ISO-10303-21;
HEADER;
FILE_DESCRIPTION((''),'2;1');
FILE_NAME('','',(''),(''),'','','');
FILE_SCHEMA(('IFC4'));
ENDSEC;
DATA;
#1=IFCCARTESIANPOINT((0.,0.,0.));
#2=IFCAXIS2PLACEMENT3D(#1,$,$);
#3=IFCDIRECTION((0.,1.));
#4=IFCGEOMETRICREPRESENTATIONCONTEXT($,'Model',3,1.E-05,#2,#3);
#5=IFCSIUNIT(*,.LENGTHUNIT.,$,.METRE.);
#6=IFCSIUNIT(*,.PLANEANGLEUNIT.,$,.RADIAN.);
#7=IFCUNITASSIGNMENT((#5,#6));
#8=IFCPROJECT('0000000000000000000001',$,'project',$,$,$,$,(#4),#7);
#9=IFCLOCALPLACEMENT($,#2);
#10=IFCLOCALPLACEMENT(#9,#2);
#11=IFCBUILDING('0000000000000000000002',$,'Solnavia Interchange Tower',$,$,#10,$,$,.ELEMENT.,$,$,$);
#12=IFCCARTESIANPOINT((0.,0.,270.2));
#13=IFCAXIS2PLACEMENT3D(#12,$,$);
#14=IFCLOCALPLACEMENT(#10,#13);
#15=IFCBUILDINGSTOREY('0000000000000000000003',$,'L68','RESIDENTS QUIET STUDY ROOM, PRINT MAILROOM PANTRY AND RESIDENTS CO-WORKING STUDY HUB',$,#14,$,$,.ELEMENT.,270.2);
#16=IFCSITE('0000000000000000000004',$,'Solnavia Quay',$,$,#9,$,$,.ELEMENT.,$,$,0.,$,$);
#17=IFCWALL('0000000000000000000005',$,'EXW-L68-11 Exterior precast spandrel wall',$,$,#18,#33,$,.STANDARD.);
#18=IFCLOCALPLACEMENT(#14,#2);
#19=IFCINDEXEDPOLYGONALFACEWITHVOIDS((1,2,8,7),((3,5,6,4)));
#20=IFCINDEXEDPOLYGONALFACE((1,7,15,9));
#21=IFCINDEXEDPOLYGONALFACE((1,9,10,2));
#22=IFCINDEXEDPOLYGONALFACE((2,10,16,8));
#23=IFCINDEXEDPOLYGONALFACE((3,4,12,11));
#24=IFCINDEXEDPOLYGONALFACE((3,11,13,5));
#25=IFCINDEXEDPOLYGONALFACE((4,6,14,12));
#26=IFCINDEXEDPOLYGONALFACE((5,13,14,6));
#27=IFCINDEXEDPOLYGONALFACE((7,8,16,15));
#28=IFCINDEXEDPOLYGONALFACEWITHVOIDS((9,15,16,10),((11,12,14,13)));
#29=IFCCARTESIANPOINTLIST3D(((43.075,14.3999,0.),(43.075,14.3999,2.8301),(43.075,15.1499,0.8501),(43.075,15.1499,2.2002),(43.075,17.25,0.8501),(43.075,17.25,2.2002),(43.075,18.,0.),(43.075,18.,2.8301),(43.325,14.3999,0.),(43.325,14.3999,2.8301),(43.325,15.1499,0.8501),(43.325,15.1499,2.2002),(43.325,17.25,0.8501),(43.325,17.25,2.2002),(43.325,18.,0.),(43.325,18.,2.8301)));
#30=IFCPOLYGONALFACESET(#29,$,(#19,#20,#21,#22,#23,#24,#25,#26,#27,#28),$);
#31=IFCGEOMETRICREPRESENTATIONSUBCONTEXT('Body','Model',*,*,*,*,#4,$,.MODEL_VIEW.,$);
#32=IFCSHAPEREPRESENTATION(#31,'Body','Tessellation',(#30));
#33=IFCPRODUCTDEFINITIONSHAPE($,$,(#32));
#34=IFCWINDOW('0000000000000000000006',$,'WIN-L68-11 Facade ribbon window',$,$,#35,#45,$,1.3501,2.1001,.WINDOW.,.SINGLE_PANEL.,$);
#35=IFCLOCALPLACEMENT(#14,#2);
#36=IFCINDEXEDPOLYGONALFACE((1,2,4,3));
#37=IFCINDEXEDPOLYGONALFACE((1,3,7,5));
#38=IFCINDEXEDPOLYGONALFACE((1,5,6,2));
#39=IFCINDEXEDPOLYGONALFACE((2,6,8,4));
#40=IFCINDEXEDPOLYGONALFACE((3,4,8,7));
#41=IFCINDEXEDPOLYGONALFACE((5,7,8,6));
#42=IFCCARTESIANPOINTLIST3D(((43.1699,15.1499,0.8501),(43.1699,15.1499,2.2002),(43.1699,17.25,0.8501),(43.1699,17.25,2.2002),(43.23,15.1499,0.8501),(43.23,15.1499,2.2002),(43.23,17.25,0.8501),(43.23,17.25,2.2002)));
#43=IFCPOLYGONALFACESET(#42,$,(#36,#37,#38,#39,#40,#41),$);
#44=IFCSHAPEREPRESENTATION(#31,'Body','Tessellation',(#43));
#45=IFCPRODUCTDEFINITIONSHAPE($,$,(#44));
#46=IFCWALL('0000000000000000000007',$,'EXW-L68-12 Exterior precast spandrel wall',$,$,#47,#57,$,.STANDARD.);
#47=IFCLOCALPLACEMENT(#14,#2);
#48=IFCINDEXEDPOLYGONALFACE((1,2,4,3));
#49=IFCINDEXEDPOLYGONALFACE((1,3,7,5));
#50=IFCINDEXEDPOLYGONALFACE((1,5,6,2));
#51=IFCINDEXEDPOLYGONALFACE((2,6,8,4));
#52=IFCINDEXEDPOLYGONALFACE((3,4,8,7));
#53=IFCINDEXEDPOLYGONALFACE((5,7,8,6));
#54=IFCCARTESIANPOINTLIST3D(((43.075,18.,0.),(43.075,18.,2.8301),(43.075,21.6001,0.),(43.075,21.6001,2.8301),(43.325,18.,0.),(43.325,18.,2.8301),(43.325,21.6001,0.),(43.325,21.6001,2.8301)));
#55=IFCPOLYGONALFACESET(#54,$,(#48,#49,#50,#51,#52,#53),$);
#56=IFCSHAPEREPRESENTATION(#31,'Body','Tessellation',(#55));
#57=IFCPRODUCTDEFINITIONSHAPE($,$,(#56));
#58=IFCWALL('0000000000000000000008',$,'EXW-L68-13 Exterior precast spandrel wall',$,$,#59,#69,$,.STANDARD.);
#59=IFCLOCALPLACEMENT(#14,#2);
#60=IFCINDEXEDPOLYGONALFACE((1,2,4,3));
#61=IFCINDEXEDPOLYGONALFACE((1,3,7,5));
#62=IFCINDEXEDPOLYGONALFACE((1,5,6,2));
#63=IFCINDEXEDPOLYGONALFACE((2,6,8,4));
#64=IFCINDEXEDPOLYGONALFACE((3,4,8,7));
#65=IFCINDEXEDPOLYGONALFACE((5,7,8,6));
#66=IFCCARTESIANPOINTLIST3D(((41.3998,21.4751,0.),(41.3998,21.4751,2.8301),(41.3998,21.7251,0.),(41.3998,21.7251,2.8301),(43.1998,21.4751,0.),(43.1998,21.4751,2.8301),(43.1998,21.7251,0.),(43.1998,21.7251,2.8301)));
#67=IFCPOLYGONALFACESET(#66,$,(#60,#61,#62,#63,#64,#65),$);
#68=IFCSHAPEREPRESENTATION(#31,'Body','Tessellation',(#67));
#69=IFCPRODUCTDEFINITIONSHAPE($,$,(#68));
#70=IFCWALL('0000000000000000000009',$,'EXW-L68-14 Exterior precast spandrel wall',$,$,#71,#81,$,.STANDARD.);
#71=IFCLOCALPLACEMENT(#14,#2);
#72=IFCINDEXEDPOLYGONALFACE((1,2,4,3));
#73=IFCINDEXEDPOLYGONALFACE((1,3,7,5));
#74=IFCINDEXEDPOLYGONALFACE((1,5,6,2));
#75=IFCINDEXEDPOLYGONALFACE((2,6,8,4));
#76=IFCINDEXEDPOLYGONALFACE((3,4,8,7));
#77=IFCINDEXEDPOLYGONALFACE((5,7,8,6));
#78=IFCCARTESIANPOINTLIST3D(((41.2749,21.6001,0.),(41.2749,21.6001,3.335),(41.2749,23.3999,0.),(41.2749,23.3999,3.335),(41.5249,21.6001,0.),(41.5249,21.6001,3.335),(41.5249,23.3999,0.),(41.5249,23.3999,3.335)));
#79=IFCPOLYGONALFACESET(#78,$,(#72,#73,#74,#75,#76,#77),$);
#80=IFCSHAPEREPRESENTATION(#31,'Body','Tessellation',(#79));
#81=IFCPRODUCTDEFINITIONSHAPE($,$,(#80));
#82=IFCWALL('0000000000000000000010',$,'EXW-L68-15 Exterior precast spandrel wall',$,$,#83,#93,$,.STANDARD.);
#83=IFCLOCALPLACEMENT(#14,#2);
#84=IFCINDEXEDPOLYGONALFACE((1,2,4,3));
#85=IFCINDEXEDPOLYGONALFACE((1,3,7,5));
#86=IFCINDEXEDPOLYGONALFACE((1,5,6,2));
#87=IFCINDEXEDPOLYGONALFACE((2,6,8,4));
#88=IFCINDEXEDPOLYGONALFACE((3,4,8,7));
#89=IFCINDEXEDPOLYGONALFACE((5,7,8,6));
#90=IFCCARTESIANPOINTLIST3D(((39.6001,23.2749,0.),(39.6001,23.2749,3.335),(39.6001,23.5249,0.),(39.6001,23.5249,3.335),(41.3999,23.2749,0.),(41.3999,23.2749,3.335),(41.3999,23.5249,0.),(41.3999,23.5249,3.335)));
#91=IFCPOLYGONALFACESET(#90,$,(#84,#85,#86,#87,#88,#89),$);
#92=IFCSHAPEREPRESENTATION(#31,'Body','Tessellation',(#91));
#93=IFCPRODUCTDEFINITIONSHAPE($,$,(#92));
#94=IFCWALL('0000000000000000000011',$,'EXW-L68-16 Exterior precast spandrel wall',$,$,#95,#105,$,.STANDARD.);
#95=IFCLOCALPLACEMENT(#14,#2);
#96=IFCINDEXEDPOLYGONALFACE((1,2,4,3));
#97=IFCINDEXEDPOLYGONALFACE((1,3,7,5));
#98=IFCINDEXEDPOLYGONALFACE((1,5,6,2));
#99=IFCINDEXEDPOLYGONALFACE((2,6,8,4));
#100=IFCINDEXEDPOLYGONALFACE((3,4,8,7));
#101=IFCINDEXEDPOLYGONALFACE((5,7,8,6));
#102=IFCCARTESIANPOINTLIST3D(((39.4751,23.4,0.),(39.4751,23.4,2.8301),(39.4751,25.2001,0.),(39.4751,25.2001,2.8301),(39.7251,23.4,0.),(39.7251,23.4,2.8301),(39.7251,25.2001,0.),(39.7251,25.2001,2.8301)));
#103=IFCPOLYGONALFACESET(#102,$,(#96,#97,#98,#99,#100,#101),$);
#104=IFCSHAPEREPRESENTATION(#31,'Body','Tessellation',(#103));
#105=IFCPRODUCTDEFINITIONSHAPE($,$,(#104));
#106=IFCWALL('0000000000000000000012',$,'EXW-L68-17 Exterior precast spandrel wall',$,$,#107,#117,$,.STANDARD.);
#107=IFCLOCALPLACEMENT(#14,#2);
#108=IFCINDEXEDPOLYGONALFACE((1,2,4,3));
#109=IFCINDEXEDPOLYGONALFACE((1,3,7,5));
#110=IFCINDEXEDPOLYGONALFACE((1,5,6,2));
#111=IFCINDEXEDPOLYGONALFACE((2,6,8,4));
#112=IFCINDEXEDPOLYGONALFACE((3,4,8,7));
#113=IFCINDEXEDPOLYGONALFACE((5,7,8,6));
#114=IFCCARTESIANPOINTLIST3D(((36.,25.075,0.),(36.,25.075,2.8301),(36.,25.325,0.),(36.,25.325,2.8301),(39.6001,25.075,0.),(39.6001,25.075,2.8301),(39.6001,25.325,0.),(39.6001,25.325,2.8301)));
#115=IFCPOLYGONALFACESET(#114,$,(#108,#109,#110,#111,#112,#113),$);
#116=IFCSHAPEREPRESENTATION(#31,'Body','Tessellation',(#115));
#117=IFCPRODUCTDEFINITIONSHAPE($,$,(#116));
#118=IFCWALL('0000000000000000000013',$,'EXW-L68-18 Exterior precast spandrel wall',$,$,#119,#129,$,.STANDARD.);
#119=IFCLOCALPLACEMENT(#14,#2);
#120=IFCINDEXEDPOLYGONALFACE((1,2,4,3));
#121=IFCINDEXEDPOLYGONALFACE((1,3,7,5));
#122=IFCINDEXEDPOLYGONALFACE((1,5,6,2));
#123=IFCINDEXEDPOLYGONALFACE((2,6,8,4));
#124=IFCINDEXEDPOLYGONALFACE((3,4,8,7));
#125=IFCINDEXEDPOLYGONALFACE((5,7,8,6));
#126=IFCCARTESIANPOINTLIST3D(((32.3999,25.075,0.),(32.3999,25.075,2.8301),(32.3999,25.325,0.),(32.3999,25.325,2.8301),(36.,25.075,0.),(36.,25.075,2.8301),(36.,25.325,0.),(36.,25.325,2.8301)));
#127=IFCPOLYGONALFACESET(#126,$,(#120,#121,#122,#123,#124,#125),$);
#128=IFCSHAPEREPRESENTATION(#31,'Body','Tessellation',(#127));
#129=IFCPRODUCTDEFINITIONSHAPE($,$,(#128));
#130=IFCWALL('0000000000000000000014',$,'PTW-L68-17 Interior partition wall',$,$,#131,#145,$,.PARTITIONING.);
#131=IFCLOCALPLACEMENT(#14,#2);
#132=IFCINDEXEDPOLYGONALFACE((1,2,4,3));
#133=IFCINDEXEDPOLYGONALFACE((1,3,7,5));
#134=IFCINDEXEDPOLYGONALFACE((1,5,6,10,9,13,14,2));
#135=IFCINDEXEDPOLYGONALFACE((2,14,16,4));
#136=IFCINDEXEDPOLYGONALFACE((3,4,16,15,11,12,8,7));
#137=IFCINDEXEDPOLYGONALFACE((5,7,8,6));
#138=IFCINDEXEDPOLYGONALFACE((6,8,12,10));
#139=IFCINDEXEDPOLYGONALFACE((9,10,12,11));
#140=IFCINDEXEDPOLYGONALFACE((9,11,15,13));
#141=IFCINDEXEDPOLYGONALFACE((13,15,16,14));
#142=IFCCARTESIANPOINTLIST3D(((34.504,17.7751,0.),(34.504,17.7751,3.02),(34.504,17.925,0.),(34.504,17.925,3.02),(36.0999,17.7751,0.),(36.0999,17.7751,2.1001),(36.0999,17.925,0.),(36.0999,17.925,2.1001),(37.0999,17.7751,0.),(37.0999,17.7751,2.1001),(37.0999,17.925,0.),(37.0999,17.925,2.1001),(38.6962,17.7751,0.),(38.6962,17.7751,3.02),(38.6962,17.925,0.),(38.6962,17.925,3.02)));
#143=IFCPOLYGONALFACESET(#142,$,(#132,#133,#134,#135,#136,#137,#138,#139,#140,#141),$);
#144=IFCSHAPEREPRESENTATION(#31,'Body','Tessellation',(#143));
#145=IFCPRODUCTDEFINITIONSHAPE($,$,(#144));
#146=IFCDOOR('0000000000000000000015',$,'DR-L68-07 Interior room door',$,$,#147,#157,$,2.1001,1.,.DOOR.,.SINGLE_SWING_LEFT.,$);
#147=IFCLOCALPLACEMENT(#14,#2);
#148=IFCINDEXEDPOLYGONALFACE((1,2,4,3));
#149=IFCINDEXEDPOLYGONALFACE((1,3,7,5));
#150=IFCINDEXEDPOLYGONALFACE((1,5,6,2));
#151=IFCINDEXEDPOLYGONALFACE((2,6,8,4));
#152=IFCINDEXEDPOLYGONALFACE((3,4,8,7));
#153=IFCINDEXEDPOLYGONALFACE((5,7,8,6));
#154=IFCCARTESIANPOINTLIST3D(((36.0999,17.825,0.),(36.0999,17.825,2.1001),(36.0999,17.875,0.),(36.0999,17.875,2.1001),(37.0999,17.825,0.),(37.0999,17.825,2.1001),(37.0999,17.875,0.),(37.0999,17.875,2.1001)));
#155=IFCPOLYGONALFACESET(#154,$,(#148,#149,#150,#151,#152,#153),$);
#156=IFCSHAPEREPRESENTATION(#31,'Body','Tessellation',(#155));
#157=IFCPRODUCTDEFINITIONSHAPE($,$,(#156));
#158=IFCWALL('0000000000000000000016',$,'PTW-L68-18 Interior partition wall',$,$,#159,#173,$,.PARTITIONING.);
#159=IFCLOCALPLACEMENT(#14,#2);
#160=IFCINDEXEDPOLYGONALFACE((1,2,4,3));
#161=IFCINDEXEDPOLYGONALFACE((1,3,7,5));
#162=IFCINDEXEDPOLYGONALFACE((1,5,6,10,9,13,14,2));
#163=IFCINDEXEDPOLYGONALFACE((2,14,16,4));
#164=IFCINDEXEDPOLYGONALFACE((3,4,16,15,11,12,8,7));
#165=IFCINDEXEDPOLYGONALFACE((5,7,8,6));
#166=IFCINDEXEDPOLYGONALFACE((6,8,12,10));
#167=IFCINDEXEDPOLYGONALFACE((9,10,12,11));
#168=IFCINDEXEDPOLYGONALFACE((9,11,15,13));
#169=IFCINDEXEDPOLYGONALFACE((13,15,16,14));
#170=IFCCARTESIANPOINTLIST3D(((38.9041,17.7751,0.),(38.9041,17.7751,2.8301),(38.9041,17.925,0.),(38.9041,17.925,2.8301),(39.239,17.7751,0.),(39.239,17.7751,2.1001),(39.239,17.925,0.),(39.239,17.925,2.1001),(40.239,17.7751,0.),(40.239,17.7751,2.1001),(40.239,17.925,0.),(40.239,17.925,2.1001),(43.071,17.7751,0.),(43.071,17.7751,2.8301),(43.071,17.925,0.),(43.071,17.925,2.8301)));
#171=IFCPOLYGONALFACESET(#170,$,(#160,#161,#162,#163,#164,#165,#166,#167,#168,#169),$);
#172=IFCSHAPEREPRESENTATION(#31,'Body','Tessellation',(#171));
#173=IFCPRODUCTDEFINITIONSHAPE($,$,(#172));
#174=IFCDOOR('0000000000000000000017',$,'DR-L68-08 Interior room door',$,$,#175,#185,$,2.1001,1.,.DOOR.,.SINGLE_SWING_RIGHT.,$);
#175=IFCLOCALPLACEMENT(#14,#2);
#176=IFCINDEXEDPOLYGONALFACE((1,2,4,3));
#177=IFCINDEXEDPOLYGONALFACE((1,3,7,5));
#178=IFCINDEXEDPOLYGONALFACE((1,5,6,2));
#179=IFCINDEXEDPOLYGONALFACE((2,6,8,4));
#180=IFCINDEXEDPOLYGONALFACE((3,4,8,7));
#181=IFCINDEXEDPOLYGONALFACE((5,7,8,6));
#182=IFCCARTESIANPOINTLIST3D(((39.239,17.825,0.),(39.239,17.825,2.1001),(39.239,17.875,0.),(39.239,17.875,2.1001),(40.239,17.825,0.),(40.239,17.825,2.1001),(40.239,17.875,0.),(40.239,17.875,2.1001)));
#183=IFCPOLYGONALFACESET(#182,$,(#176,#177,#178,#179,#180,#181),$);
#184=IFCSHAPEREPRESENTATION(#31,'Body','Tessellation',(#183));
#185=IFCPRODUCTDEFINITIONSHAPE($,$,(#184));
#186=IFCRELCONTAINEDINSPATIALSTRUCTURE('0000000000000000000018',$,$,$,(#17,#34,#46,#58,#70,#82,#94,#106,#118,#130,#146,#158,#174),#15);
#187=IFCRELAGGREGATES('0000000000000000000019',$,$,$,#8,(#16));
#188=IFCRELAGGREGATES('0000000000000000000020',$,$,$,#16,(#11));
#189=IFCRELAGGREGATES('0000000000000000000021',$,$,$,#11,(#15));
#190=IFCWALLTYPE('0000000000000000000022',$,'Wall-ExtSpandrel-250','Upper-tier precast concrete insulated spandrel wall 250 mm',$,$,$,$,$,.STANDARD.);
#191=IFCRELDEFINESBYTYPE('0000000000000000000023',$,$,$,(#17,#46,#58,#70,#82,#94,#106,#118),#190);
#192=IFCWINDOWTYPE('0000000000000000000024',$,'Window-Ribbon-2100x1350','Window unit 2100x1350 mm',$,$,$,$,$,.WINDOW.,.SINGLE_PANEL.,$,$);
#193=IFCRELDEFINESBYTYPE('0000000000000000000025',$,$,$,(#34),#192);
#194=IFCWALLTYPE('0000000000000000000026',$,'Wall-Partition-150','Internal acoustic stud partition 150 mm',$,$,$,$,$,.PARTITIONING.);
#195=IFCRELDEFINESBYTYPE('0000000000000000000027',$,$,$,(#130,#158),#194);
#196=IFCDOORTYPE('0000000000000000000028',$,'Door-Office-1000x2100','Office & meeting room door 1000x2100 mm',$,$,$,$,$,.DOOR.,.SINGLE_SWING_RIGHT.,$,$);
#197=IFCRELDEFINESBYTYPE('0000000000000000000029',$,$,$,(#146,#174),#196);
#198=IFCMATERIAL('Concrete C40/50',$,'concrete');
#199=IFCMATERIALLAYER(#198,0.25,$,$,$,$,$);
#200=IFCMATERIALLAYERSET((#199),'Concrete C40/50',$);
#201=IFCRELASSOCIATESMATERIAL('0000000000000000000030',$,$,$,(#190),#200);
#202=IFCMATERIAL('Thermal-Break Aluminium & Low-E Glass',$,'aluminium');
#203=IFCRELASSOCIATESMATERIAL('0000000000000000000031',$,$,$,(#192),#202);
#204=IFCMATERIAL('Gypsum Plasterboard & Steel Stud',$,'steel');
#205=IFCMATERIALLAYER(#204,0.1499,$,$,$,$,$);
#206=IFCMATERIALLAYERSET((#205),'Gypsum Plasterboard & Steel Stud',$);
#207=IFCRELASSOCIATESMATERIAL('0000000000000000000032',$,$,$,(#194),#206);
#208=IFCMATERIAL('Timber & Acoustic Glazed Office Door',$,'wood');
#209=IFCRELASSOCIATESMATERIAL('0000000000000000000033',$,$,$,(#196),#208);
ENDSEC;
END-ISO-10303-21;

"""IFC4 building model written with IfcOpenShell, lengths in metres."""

from ifc_helpers import new_model, si_unit, direction, frame, frame_2d, origin, place, context, subcontext, project, spatial, rectangle, extrude, material, layer, layer_set, type_object, element, fill, save


model = new_model("IFC4")

# Units and contexts
model_context = context("Model", 3, precision=1e-05, world=origin(), true_north=direction((0.0, 1.0)))
body_context = subcontext(model_context, "Body", "Model", "MODEL_VIEW")
ifc_project = project(units=[si_unit("LENGTHUNIT", "METRE"), si_unit("PLANEANGLEUNIT", "RADIAN")], contexts=[model_context])

# Site, building, storey
site_placement = place(None, origin())
site = spatial("IfcSite", under=ifc_project, at=site_placement, Name="Solnavia Quay", CompositionType="ELEMENT", RefElevation=0.0)
building_placement = place(site_placement, origin())
building = spatial("IfcBuilding", under=site, at=building_placement, Name="Solnavia Interchange Tower", CompositionType="ELEMENT")
storey_placement = place(building_placement, frame((0.0, 0.0, 270.2)))
storey = spatial("IfcBuildingStorey", under=building, at=storey_placement, Name="L68", Description="RESIDENTS QUIET STUDY ROOM, PRINT MAILROOM PANTRY AND RESIDENTS CO-WORKING STUDY HUB", CompositionType="ELEMENT", Elevation=270.2)

# Wall, opening, window
ifc_material_1 = material(Name="Concrete C40/50", Category="concrete")
ifc_layer_1 = layer(ifc_material_1, 0.25)
ifc_layer_set_1 = layer_set([ifc_layer_1], Name="Concrete C40/50")
wall_type_1 = type_object("IfcWallType", Name="Wall-ExtSpandrel-250", Description="Upper-tier precast concrete insulated spandrel wall 250 mm", PredefinedType="STANDARD", material=ifc_layer_set_1)
wall_1_placement = place(storey_placement, frame((43.2, 18.0, 0.0), z_axis=(0.0, 0.0, 1.0), x_axis=(0.0, -1.0, 0.0)))
wall_1 = element("IfcWall", 1, at=wall_1_placement, inside=storey, type_object=wall_type_1, Name="EXW-L68-11 Exterior precast spandrel wall", PredefinedType="STANDARD", context=body_context, shape_type="SweptSolid", body=[
    extrude(rectangle(XDim=3.6001, YDim=0.25, at=frame_2d((1.8, 0.0))), origin(), (0.0, 0.0, 1.0), 2.8301),
])
opening_1_placement = place(wall_1_placement, frame((0.75, 0.0, 0.8501)))
opening_1 = element("IfcOpeningElement", 2, at=opening_1_placement, cuts=wall_1, PredefinedType="OPENING", context=body_context, shape_type="SweptSolid", body=[
    extrude(rectangle(XDim=2.1001, YDim=1.3501, at=frame_2d((1.05, 0.675))), frame((0.0, 0.135, 0.0), z_axis=(0.0, -1.0, 0.0), x_axis=(1.0, 0.0, 0.0)), (0.0, 0.0, 1.0), 0.27),
])
ifc_material_2 = material(Name="Thermal-Break Aluminium & Low-E Glass", Category="aluminium")
window_type = type_object("IfcWindowType", Name="Window-Ribbon-2100x1350", Description="Window unit 2100x1350 mm", PartitioningType="SINGLE_PANEL", PredefinedType="WINDOW", material=ifc_material_2)
window_placement = place(opening_1_placement, origin())
window = element("IfcWindow", 3, at=window_placement, inside=storey, type_object=window_type, Name="WIN-L68-11 Facade ribbon window", OverallHeight=1.3501, OverallWidth=2.1001, PartitioningType="SINGLE_PANEL", PredefinedType="WINDOW", context=body_context, shape_type="SweptSolid", body=[
    extrude(rectangle(XDim=2.1001, YDim=1.3501, at=frame_2d((1.05, 0.675))), frame((0.0, 0.03, 0.0), z_axis=(0.0, -1.0, 0.0), x_axis=(1.0, 0.0, 0.0)), (0.0, 0.0, 1.0), 0.0601),
])
fill(opening_1, window)

# Walls
wall_2_placement = place(storey_placement, frame((43.2, 21.6001, 0.0), z_axis=(0.0, 0.0, 1.0), x_axis=(0.0, -1.0, 0.0)))
element("IfcWall", 4, at=wall_2_placement, inside=storey, type_object=wall_type_1, Name="EXW-L68-12 Exterior precast spandrel wall", PredefinedType="STANDARD", context=body_context, shape_type="SweptSolid", body=[
    extrude(rectangle(XDim=3.6001, YDim=0.25, at=frame_2d((1.8, 0.0))), origin(), (0.0, 0.0, 1.0), 2.8301),
])
wall_3_placement = place(storey_placement, frame((41.3999, 21.6001, 0.0), z_axis=(0.0, 0.0, 1.0), x_axis=(1.0, 0.0, 0.0)))
element("IfcWall", 5, at=wall_3_placement, inside=storey, type_object=wall_type_1, Name="EXW-L68-13 Exterior precast spandrel wall", PredefinedType="STANDARD", context=body_context, shape_type="SweptSolid", body=[
    extrude(rectangle(XDim=1.8, YDim=0.25, at=frame_2d((0.8999, 0.0))), origin(), (0.0, 0.0, 1.0), 2.8301),
])
for number, where, z_axis, x_axis, name in (
    (6, (41.3999, 23.3999, 0.0), (0.0, 0.0, 1.0), (0.0, -1.0, 0.0), "EXW-L68-14 Exterior precast spandrel wall"),
    (7, (39.6001, 23.3999, 0.0), (0.0, 0.0, 1.0), (1.0, 0.0, 0.0), "EXW-L68-15 Exterior precast spandrel wall"),
):
    element("IfcWall", number, at=place(storey_placement, frame(where, z_axis=z_axis, x_axis=x_axis)), inside=storey, type_object=wall_type_1, Name=name, PredefinedType="STANDARD", context=body_context, shape_type="SweptSolid", body=[
        extrude(rectangle(XDim=1.7998, YDim=0.25, at=frame_2d((0.8999, 0.0))), origin(), (0.0, 0.0, 1.0), 3.335),
    ])
wall_4_placement = place(storey_placement, frame((39.6001, 25.2, 0.0), z_axis=(0.0, 0.0, 1.0), x_axis=(0.0, -1.0, 0.0)))
element("IfcWall", 8, at=wall_4_placement, inside=storey, type_object=wall_type_1, Name="EXW-L68-16 Exterior precast spandrel wall", PredefinedType="STANDARD", context=body_context, shape_type="SweptSolid", body=[
    extrude(rectangle(XDim=1.8, YDim=0.25, at=frame_2d((0.8999, 0.0))), origin(), (0.0, 0.0, 1.0), 2.8301),
])
for number, where, z_axis, x_axis, name in (
    (9, (36.0, 25.2, 0.0), (0.0, 0.0, 1.0), (1.0, 0.0, 0.0), "EXW-L68-17 Exterior precast spandrel wall"),
    (10, (32.3999, 25.2, 0.0), (0.0, 0.0, 1.0), (1.0, 0.0, 0.0), "EXW-L68-18 Exterior precast spandrel wall"),
):
    element("IfcWall", number, at=place(storey_placement, frame(where, z_axis=z_axis, x_axis=x_axis)), inside=storey, type_object=wall_type_1, Name=name, PredefinedType="STANDARD", context=body_context, shape_type="SweptSolid", body=[
        extrude(rectangle(XDim=3.6001, YDim=0.25, at=frame_2d((1.8, 0.0))), origin(), (0.0, 0.0, 1.0), 2.8301),
    ])

# Walls, openings, doors
ifc_material_3 = material(Name="Gypsum Plasterboard & Steel Stud", Category="steel")
ifc_layer_2 = layer(ifc_material_3, 0.1499)
ifc_layer_set_2 = layer_set([ifc_layer_2], Name="Gypsum Plasterboard & Steel Stud")
wall_type_2 = type_object("IfcWallType", Name="Wall-Partition-150", Description="Internal acoustic stud partition 150 mm", PredefinedType="PARTITIONING", material=ifc_layer_set_2)
wall_5_placement = place(storey_placement, frame((34.5039, 17.8501, 0.0), z_axis=(0.0, 0.0, 1.0), x_axis=(1.0, 0.0, 0.0)))
wall_5 = element("IfcWall", 11, at=wall_5_placement, inside=storey, type_object=wall_type_2, Name="PTW-L68-17 Interior partition wall", PredefinedType="PARTITIONING", context=body_context, shape_type="SweptSolid", body=[
    extrude(rectangle(XDim=4.1921, YDim=0.1499, at=frame_2d((2.0962, 0.0))), origin(), (0.0, 0.0, 1.0), 3.02),
])
opening_2_placement = place(wall_5_placement, frame((1.5959, 0.0, 0.0)))
opening_2 = element("IfcOpeningElement", 12, at=opening_2_placement, cuts=wall_5, PredefinedType="OPENING", context=body_context, shape_type="SweptSolid", body=[
    extrude(rectangle(XDim=1.0, YDim=2.1001, at=frame_2d((0.5, 1.05))), frame((0.0, 0.085, 0.0), z_axis=(0.0, -1.0, 0.0), x_axis=(1.0, 0.0, 0.0)), (0.0, 0.0, 1.0), 0.1699),
])
ifc_material_4 = material(Name="Timber & Acoustic Glazed Office Door", Category="wood")
door_type_1 = type_object("IfcDoorType", Name="Door-Office-1000x2100", Description="Office & meeting room door 1000x2100 mm", OperationType="SINGLE_SWING_RIGHT", PredefinedType="DOOR", material=ifc_material_4)
door_1_placement = place(opening_2_placement, origin())
door_1 = element("IfcDoor", 13, at=door_1_placement, inside=storey, type_object=door_type_1, Name="DR-L68-07 Interior room door", OperationType="SINGLE_SWING_LEFT", OverallHeight=2.1001, OverallWidth=1.0, PredefinedType="DOOR", context=body_context, shape_type="SweptSolid", body=[
    extrude(rectangle(XDim=1.0, YDim=2.1001, at=frame_2d((0.5, 1.05))), frame((0.0, 0.0249, 0.0), z_axis=(0.0, -1.0, 0.0), x_axis=(1.0, 0.0, 0.0)), (0.0, 0.0, 1.0), 0.05),
])
fill(opening_2, door_1)
wall_6_placement = place(storey_placement, frame((38.9041, 17.8501, 0.0), z_axis=(0.0, 0.0, 1.0), x_axis=(1.0, 0.0, 0.0)))
wall_6 = element("IfcWall", 14, at=wall_6_placement, inside=storey, type_object=wall_type_2, Name="PTW-L68-18 Interior partition wall", PredefinedType="PARTITIONING", context=body_context, shape_type="SweptSolid", body=[
    extrude(rectangle(XDim=4.167, YDim=0.1499, at=frame_2d((2.0835, 0.0))), origin(), (0.0, 0.0, 1.0), 2.8301),
])
opening_3_placement = place(wall_6_placement, frame((0.335, 0.0, 0.0)))
opening_3 = element("IfcOpeningElement", 15, at=opening_3_placement, cuts=wall_6, PredefinedType="OPENING", context=body_context, shape_type="SweptSolid", body=[
    extrude(rectangle(XDim=1.0, YDim=2.1001, at=frame_2d((0.5, 1.05))), frame((0.0, 0.085, 0.0), z_axis=(0.0, -1.0, 0.0), x_axis=(1.0, 0.0, 0.0)), (0.0, 0.0, 1.0), 0.1699),
])
door_2_placement = place(opening_3_placement, origin())
door_2 = element("IfcDoor", 16, at=door_2_placement, inside=storey, type_object=door_type_1, Name="DR-L68-08 Interior room door", OperationType="SINGLE_SWING_RIGHT", OverallHeight=2.1001, OverallWidth=1.0, PredefinedType="DOOR", context=body_context, shape_type="SweptSolid", body=[
    extrude(rectangle(XDim=1.0, YDim=2.1001, at=frame_2d((0.5, 1.05))), frame((0.0, 0.0249, 0.0), z_axis=(0.0, -1.0, 0.0), x_axis=(1.0, 0.0, 0.0)), (0.0, 0.0, 1.0), 0.05),
])
fill(opening_3, door_2)

save(model, "model.ifc")
